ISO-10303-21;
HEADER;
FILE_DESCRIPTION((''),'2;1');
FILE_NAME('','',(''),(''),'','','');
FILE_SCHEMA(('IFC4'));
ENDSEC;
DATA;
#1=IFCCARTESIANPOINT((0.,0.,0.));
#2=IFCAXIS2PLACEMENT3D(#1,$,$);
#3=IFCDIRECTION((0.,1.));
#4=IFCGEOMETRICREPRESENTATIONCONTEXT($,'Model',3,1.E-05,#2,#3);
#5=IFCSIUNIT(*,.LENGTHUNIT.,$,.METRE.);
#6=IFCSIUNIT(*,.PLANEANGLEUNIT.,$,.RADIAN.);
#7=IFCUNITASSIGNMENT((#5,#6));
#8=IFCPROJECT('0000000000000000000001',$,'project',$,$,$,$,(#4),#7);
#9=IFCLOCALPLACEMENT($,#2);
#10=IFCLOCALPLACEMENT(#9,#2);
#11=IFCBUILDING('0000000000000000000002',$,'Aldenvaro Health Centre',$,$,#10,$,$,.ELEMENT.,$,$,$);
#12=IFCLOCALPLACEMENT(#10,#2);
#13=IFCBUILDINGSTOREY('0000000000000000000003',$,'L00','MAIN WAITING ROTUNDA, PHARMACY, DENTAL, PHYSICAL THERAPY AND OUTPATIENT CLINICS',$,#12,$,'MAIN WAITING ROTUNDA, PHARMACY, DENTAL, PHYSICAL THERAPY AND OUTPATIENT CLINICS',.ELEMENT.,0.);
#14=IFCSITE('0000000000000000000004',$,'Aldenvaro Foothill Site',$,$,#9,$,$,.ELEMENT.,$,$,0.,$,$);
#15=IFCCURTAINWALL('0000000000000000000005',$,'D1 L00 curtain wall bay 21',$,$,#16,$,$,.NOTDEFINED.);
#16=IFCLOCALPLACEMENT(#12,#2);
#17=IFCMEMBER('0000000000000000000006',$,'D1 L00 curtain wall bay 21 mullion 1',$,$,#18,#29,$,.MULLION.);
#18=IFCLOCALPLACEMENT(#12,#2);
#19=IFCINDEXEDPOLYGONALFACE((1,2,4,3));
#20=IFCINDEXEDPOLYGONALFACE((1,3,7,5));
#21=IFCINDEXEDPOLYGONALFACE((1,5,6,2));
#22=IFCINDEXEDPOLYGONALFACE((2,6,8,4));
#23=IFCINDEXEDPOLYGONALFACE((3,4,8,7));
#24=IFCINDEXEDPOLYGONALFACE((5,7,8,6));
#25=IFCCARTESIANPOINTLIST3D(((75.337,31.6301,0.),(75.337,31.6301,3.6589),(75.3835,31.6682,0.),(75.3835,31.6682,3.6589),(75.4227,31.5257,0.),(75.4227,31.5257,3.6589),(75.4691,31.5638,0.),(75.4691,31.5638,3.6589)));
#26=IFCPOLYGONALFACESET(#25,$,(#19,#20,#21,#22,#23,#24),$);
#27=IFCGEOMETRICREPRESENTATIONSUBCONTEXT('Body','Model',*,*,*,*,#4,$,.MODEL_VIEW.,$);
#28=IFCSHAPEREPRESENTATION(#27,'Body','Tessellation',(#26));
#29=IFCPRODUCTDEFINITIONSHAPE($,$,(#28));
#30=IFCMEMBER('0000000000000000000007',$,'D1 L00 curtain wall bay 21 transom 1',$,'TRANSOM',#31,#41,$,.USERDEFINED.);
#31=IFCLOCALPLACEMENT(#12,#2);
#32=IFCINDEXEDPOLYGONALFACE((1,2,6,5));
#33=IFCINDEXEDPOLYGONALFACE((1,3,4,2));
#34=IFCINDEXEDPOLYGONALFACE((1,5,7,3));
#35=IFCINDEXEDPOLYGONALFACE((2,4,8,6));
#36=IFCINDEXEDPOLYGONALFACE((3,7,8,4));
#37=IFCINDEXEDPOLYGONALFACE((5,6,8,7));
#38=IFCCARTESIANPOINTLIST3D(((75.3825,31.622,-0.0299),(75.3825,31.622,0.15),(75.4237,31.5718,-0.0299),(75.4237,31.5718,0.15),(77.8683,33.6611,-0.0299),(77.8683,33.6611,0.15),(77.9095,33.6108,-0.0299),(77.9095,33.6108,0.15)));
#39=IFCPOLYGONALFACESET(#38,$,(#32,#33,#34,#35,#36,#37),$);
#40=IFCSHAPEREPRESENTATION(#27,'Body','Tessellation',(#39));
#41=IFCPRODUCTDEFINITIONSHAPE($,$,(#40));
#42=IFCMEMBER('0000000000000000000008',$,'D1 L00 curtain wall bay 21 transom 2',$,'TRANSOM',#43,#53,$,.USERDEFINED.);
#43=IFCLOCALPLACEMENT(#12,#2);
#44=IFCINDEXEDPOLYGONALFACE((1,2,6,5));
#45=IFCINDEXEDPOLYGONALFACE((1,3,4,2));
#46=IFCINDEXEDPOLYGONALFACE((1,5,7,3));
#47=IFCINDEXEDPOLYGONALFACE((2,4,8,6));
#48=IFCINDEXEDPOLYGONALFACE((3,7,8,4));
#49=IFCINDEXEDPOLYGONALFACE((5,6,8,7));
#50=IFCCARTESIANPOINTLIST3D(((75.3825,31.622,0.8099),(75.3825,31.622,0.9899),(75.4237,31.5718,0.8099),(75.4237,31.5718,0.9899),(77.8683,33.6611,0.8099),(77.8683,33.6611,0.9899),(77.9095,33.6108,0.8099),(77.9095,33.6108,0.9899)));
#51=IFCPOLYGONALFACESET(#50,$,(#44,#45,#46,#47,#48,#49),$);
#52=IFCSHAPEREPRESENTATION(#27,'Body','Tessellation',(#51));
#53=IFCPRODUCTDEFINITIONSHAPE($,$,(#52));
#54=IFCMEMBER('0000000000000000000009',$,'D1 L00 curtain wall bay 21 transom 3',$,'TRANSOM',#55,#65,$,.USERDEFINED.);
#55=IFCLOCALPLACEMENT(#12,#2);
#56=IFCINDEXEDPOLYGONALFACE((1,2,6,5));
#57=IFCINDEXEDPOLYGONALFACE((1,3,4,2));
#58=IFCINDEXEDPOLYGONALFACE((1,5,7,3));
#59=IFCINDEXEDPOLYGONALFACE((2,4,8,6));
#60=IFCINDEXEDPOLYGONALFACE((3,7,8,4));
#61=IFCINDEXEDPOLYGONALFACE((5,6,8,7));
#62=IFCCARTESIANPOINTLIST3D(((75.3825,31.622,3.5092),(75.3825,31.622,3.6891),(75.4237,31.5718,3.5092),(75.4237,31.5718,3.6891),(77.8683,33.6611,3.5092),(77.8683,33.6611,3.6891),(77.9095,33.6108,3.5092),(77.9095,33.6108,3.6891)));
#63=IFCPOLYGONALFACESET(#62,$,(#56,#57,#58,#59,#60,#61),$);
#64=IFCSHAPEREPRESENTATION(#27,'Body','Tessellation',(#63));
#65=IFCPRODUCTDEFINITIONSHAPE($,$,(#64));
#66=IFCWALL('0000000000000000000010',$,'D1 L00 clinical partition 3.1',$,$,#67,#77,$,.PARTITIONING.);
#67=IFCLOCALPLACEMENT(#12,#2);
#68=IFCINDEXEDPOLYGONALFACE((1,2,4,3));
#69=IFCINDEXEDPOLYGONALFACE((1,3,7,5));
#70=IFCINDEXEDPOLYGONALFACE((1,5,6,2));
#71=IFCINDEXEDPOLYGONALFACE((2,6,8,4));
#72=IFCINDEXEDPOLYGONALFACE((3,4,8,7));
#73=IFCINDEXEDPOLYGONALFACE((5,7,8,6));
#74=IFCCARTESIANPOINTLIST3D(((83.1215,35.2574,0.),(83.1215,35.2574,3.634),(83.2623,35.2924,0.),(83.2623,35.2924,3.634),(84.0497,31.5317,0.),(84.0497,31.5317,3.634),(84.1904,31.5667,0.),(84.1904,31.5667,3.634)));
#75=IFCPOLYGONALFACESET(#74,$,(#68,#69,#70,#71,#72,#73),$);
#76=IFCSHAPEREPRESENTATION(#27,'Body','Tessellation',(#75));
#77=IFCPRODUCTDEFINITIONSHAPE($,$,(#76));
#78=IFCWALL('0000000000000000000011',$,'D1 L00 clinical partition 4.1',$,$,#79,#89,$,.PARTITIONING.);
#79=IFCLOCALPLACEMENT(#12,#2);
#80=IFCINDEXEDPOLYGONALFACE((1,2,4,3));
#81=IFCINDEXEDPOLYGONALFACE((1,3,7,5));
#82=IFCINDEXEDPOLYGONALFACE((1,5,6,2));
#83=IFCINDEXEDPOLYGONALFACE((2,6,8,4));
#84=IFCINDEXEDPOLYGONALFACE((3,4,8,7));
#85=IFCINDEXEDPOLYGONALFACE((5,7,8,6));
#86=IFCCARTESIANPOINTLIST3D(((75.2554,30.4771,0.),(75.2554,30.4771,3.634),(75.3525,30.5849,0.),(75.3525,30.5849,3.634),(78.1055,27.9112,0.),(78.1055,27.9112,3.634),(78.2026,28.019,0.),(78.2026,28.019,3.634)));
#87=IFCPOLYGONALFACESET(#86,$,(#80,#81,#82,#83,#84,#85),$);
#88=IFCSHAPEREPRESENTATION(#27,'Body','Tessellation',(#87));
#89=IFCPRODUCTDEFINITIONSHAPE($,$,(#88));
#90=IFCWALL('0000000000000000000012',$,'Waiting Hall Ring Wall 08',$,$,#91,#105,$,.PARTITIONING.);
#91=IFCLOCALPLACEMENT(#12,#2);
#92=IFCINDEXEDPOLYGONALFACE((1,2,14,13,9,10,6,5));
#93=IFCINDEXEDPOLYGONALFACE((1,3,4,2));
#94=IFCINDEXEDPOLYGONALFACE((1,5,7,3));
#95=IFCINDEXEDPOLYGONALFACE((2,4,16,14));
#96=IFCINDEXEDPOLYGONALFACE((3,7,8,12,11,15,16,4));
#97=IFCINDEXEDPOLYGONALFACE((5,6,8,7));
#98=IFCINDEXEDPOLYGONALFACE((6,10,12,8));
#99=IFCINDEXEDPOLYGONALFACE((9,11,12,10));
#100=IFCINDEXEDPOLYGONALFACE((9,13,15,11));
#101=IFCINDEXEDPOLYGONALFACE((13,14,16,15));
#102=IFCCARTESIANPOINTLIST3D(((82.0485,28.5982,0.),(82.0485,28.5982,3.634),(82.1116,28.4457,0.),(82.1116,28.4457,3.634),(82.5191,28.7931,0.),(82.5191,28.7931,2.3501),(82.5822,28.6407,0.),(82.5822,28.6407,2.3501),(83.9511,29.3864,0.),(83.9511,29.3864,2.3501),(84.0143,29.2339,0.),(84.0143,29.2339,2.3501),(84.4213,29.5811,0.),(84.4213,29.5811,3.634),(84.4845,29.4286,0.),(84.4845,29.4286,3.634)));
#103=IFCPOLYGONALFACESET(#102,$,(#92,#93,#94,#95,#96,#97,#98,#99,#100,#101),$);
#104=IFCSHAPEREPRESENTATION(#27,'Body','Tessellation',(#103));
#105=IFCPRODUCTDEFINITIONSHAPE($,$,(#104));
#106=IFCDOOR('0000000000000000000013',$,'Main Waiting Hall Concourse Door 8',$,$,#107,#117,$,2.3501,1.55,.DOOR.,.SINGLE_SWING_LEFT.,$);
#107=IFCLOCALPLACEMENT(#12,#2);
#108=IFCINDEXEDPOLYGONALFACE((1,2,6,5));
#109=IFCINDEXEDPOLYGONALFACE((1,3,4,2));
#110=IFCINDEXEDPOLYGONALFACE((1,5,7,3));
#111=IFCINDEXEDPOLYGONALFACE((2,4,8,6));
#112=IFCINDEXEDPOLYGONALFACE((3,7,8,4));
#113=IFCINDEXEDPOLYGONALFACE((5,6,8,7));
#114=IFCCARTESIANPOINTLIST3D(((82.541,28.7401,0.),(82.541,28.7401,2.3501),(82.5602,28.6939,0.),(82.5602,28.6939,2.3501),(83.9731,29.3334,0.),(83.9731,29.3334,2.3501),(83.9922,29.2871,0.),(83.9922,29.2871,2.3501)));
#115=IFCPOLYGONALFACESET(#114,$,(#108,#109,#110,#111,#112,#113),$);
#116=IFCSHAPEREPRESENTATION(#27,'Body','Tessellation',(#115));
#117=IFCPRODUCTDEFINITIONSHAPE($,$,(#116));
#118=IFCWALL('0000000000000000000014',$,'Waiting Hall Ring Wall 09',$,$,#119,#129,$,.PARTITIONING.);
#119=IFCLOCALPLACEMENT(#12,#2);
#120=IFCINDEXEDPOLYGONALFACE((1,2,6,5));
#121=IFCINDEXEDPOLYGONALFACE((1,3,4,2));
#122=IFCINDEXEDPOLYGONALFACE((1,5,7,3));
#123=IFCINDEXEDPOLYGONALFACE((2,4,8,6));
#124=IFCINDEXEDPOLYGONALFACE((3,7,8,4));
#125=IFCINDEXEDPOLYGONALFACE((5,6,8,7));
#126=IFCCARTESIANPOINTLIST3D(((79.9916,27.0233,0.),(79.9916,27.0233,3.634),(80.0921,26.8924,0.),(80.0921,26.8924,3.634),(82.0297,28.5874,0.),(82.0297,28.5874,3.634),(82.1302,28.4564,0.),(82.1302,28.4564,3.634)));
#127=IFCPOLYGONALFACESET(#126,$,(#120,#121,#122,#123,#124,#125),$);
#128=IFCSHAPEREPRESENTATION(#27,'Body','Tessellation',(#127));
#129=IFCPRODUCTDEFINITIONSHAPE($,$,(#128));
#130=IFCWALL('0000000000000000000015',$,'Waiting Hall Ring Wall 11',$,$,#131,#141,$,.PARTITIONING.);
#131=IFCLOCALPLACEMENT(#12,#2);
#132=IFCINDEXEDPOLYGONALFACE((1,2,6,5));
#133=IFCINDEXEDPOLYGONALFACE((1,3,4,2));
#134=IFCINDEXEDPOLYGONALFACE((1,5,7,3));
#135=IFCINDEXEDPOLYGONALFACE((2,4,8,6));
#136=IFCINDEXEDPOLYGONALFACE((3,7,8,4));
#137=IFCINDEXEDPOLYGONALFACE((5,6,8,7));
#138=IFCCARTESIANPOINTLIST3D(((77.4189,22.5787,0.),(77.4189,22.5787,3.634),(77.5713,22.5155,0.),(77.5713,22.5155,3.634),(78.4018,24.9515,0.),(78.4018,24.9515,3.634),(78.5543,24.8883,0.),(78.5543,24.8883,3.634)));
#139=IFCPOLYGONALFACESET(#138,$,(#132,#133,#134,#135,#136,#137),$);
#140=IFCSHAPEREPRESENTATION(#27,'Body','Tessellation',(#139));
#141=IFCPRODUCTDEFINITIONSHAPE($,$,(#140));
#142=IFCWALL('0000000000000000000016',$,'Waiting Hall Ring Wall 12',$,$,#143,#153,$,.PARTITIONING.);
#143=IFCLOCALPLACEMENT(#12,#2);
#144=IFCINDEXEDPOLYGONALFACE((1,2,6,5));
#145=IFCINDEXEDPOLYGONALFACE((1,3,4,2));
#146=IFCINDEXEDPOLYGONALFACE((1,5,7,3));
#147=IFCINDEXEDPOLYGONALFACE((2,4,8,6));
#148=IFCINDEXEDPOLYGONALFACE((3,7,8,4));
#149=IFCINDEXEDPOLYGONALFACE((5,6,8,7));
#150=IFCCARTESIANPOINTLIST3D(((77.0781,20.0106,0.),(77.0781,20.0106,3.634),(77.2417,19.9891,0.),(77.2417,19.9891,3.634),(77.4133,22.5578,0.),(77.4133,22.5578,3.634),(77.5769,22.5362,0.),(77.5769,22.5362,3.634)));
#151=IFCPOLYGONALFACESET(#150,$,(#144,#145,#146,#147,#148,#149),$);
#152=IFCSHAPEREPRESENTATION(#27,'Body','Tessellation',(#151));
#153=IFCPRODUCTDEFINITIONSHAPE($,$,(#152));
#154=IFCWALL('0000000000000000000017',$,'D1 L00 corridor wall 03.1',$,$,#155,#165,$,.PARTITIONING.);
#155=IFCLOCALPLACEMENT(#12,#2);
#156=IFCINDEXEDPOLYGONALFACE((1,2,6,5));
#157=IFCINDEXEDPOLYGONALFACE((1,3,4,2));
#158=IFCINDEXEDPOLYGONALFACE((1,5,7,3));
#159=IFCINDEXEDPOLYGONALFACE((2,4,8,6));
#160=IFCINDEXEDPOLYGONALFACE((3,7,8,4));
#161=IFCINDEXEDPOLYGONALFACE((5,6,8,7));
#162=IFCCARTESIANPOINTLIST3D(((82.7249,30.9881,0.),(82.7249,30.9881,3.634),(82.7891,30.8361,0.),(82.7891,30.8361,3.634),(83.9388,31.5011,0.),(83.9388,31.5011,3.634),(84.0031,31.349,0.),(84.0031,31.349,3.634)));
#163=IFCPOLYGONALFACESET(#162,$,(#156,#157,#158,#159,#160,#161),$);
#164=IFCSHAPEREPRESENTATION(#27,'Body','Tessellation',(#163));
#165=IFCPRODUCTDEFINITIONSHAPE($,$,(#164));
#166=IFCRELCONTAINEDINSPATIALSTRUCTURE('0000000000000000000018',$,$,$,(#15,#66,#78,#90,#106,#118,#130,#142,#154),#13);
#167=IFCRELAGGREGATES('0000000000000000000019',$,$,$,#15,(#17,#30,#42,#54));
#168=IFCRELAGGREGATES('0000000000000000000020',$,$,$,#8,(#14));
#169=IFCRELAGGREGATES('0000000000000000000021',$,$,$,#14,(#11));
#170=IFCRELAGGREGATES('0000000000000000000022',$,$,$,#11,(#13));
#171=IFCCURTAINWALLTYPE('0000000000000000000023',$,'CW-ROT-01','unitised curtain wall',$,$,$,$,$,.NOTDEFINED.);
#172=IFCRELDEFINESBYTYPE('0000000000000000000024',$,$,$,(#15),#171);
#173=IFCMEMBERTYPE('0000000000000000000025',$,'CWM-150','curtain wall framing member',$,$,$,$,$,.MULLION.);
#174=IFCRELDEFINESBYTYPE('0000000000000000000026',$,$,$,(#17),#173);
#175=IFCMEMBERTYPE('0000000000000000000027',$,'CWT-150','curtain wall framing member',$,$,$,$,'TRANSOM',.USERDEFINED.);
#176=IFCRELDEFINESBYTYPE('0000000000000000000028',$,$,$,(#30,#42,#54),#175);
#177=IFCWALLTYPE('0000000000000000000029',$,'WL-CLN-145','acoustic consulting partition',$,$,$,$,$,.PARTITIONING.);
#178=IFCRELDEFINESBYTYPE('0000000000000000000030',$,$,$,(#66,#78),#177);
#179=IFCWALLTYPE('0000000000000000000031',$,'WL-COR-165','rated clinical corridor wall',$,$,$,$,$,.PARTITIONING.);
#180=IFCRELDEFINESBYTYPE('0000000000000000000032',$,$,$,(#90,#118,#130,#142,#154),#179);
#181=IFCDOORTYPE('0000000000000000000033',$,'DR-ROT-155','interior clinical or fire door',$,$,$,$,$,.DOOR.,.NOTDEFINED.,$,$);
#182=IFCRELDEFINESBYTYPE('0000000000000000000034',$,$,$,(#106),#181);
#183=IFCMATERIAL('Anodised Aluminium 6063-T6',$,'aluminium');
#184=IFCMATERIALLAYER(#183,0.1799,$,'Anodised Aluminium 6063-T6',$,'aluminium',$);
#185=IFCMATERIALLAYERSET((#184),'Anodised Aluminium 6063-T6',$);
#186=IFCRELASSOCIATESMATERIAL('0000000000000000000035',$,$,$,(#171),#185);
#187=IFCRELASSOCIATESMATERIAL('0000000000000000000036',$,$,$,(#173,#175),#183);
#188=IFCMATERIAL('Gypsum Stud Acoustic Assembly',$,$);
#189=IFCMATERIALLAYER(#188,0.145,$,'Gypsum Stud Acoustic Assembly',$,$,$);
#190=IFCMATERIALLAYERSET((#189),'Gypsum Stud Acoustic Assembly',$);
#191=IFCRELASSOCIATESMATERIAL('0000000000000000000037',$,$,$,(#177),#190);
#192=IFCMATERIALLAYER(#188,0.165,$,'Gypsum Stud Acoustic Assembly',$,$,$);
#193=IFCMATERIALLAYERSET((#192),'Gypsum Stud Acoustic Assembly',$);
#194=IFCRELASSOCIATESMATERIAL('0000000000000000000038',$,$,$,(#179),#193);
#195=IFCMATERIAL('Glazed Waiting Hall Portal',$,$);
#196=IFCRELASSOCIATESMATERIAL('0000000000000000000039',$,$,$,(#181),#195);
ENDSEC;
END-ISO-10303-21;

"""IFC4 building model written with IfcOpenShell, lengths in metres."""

from ifc_helpers import new_model, si_unit, direction, frame, frame_2d, origin, origin_2d, place, context, subcontext, project, spatial, rectangle, extrude, material, layer, layer_set, material_profile, profile_set, type_object, element, fill, aggregate, save


model = new_model("IFC4")

# Units and contexts
model_context = context("Model", 3, precision=1e-05, world=origin(), true_north=direction((0.0, 1.0)))
body_context = subcontext(model_context, "Body", "Model", "MODEL_VIEW")
ifc_project = project(units=[si_unit("LENGTHUNIT", "METRE"), si_unit("PLANEANGLEUNIT", "RADIAN")], contexts=[model_context])

# Site, building, storey
site_placement = place(None, origin())
site = spatial("IfcSite", under=ifc_project, at=site_placement, Name="Aldenvaro Foothill Site", CompositionType="ELEMENT", RefElevation=0.0)
building_placement = place(site_placement, origin())
building = spatial("IfcBuilding", under=site, at=building_placement, Name="Aldenvaro Health Centre", CompositionType="ELEMENT")
storey_placement = place(building_placement, origin())
storey = spatial("IfcBuildingStorey", under=building, at=storey_placement, Name="L00", Description="MAIN WAITING ROTUNDA, PHARMACY, DENTAL, PHYSICAL THERAPY AND OUTPATIENT CLINICS", LongName="MAIN WAITING ROTUNDA, PHARMACY, DENTAL, PHYSICAL THERAPY AND OUTPATIENT CLINICS", CompositionType="ELEMENT", Elevation=0.0)

# Curtain wall, members
ifc_material_1 = material(Name="Anodised Aluminium 6063-T6", Category="aluminium")
ifc_layer_1 = layer(ifc_material_1, 0.1799, Name="Anodised Aluminium 6063-T6", Category="aluminium")
ifc_layer_set_1 = layer_set([ifc_layer_1], Name="Anodised Aluminium 6063-T6")
curtain_wall_type = type_object("IfcCurtainWallType", Name="CW-ROT-01", Description="unitised curtain wall", PredefinedType="NOTDEFINED", material=ifc_layer_set_1)
curtain_wall_placement = place(storey_placement, origin())
curtain_wall = element("IfcCurtainWall", 1, at=curtain_wall_placement, inside=storey, type_object=curtain_wall_type, Name="D1 L00 curtain wall bay 21", PredefinedType="NOTDEFINED")
ifc_material_profile_1 = material_profile(ifc_material_1, rectangle(XDim=0.0601, YDim=0.135, at=origin_2d()), Name="ALU 60x135", Category="aluminium")
ifc_profile_set_1 = profile_set([ifc_material_profile_1], Name="Anodised Aluminium 6063-T6")
member_type_1 = type_object("IfcMemberType", Name="CWM-150", Description="curtain wall framing member", PredefinedType="MULLION", material=ifc_profile_set_1)
member_1_placement = place(storey_placement, frame((75.4031, 31.5969, 0.0), z_axis=(0.0, 0.0, 1.0), x_axis=(0.773195, 0.634169, 0.0)))
member_1 = element("IfcMember", 2, at=member_1_placement, type_object=member_type_1, Name="D1 L00 curtain wall bay 21 mullion 1", PredefinedType="MULLION", context=body_context, shape_type="SweptSolid", body=[
    extrude(rectangle(XDim=0.0601, YDim=0.135, at=origin_2d()), origin(), (0.0, 0.0, 1.0), 3.6589),
])
ifc_material_profile_2 = material_profile(ifc_material_1, rectangle(XDim=0.0649, YDim=0.1799, at=origin_2d()), Name="ALU 65x180", Category="aluminium")
ifc_profile_set_2 = profile_set([ifc_material_profile_2], Name="Anodised Aluminium 6063-T6")
member_type_2 = type_object("IfcMemberType", Name="CWT-150", Description="curtain wall framing member", ElementType="TRANSOM", PredefinedType="USERDEFINED", material=ifc_profile_set_2)
member_2_placement = place(storey_placement, frame((75.4031, 31.5969, 0.0601), z_axis=(0.773165, 0.634205, 0.0), x_axis=(-0.634205, 0.773165, 0.0)))
member_2 = element("IfcMember", 3, at=member_2_placement, type_object=member_type_2, Name="D1 L00 curtain wall bay 21 transom 1", ObjectType="TRANSOM", PredefinedType="USERDEFINED", context=body_context, shape_type="SweptSolid", body=[
    extrude(rectangle(XDim=0.0649, YDim=0.1799, at=origin_2d()), origin(), (0.0, 0.0, 1.0), 3.2151),
])
member_3_placement = place(storey_placement, frame((75.4031, 31.5969, 0.8999), z_axis=(0.773165, 0.634205, 0.0), x_axis=(-0.634205, 0.773165, 0.0)))
member_3 = element("IfcMember", 4, at=member_3_placement, type_object=member_type_2, Name="D1 L00 curtain wall bay 21 transom 2", ObjectType="TRANSOM", PredefinedType="USERDEFINED", context=body_context, shape_type="SweptSolid", body=[
    extrude(rectangle(XDim=0.0649, YDim=0.1799, at=origin_2d()), origin(), (0.0, 0.0, 1.0), 3.2151),
])
member_4_placement = place(storey_placement, frame((75.4031, 31.5969, 3.5991), z_axis=(0.773165, 0.634205, 0.0), x_axis=(-0.634205, 0.773165, 0.0)))
member_4 = element("IfcMember", 5, at=member_4_placement, type_object=member_type_2, Name="D1 L00 curtain wall bay 21 transom 3", ObjectType="TRANSOM", PredefinedType="USERDEFINED", context=body_context, shape_type="SweptSolid", body=[
    extrude(rectangle(XDim=0.0649, YDim=0.1799, at=origin_2d()), origin(), (0.0, 0.0, 1.0), 3.2151),
])
aggregate(curtain_wall, [member_1, member_2, member_3, member_4])

# Walls
ifc_material_2 = material(Name="Gypsum Stud Acoustic Assembly")
ifc_layer_2 = layer(ifc_material_2, 0.145, Name="Gypsum Stud Acoustic Assembly")
ifc_layer_set_2 = layer_set([ifc_layer_2], Name="Gypsum Stud Acoustic Assembly")
wall_type_1 = type_object("IfcWallType", Name="WL-CLN-145", Description="acoustic consulting partition", PredefinedType="PARTITIONING", material=ifc_layer_set_2)
wall_1_placement = place(storey_placement, frame((84.1201, 31.5491, 0.0), z_axis=(0.0, 0.0, 1.0), x_axis=(-0.241743, 0.97034, 0.0)))
element("IfcWall", 6, at=wall_1_placement, inside=storey, type_object=wall_type_1, Name="D1 L00 clinical partition 3.1", PredefinedType="PARTITIONING", context=body_context, shape_type="SweptSolid", body=[
    extrude(rectangle(XDim=3.8396, YDim=0.145, at=frame_2d((1.9199, 0.0))), origin(), (0.0, 0.0, 1.0), 3.634),
])
wall_2_placement = place(storey_placement, frame((78.1541, 27.9651, 0.0), z_axis=(0.0, 0.0, 1.0), x_axis=(-0.743187, 0.669084, 0.0)))
element("IfcWall", 7, at=wall_2_placement, inside=storey, type_object=wall_type_1, Name="D1 L00 clinical partition 4.1", PredefinedType="PARTITIONING", context=body_context, shape_type="SweptSolid", body=[
    extrude(rectangle(XDim=3.835, YDim=0.145, at=frame_2d((1.9175, 0.0))), origin(), (0.0, 0.0, 1.0), 3.634),
])

# Wall, opening, door
ifc_layer_3 = layer(ifc_material_2, 0.165, Name="Gypsum Stud Acoustic Assembly")
ifc_layer_set_3 = layer_set([ifc_layer_3], Name="Gypsum Stud Acoustic Assembly")
wall_type_2 = type_object("IfcWallType", Name="WL-COR-165", Description="rated clinical corridor wall", PredefinedType="PARTITIONING", material=ifc_layer_set_3)
wall_3_placement = place(storey_placement, frame((84.4529, 29.5049, 0.0), z_axis=(0.0, 0.0, 1.0), x_axis=(-0.923871, -0.382704, 0.0)))
wall_3 = element("IfcWall", 8, at=wall_3_placement, inside=storey, type_object=wall_type_2, Name="Waiting Hall Ring Wall 08", PredefinedType="PARTITIONING", context=body_context, shape_type="SweptSolid", body=[
    extrude(rectangle(XDim=2.5684, YDim=0.165, at=frame_2d((1.2842, 0.0))), origin(), (0.0, 0.0, 1.0), 3.634),
])
opening_1_placement = place(wall_3_placement, frame((0.509, 0.0, 0.0)))
opening_1 = element("IfcOpeningElement", 9, at=opening_1_placement, cuts=wall_3, PredefinedType="OPENING", context=body_context, shape_type="SweptSolid", body=[
    extrude(rectangle(XDim=1.55, YDim=2.3501, at=frame_2d((0.7749, 1.175))), frame((0.0, 0.0925, 0.0), z_axis=(0.0, -1.0, 0.0), x_axis=(1.0, 0.0, 0.0)), (0.0, 0.0, 1.0), 0.1851),
])
ifc_material_3 = material(Name="Glazed Waiting Hall Portal")
door_type_1 = type_object("IfcDoorType", Name="DR-ROT-155", Description="interior clinical or fire door", OperationType="NOTDEFINED", PredefinedType="DOOR", material=ifc_material_3)
door_1_placement = place(opening_1_placement, origin())
door_1 = element("IfcDoor", 10, at=door_1_placement, inside=storey, type_object=door_type_1, Name="Main Waiting Hall Concourse Door 8", OperationType="SINGLE_SWING_LEFT", OverallHeight=2.3501, OverallWidth=1.55, PredefinedType="DOOR", context=body_context, shape_type="SweptSolid", body=[
    extrude(rectangle(XDim=1.55, YDim=2.3501, at=frame_2d((0.7749, 1.175))), frame((0.0, 0.0249, 0.0), z_axis=(0.0, -1.0, 0.0), x_axis=(1.0, 0.0, 0.0)), (0.0, 0.0, 1.0), 0.05),
])
fill(opening_1, door_1)

# Walls
wall_4_placement = place(storey_placement, frame((82.0801, 28.522, 0.0), z_axis=(0.0, 0.0, 1.0), x_axis=(-0.793337, -0.608783, 0.0)))
element("IfcWall", 11, at=wall_4_placement, inside=storey, type_object=wall_type_2, Name="Waiting Hall Ring Wall 09", PredefinedType="PARTITIONING", context=body_context, shape_type="SweptSolid", body=[
    extrude(rectangle(XDim=2.5691, YDim=0.165, at=frame_2d((1.2847, 0.0))), origin(), (0.0, 0.0, 1.0), 3.634),
])
wall_5_placement = place(storey_placement, frame((78.478, 24.9199, 0.0), z_axis=(0.0, 0.0, 1.0), x_axis=(-0.382704, -0.923871, 0.0)))
element("IfcWall", 12, at=wall_5_placement, inside=storey, type_object=wall_type_2, Name="Waiting Hall Ring Wall 11", PredefinedType="PARTITIONING", context=body_context, shape_type="SweptSolid", body=[
    extrude(rectangle(XDim=2.5684, YDim=0.165, at=frame_2d((1.2842, 0.0))), origin(), (0.0, 0.0, 1.0), 3.634),
])
wall_6_placement = place(storey_placement, frame((77.4951, 22.5471, 0.0), z_axis=(0.0, 0.0, 1.0), x_axis=(-0.130477, -0.991451, 0.0)))
element("IfcWall", 13, at=wall_6_placement, inside=storey, type_object=wall_type_2, Name="Waiting Hall Ring Wall 12", PredefinedType="PARTITIONING", context=body_context, shape_type="SweptSolid", body=[
    extrude(rectangle(XDim=2.5691, YDim=0.165, at=frame_2d((1.2847, 0.0))), origin(), (0.0, 0.0, 1.0), 3.634),
])
wall_7_placement = place(storey_placement, frame((83.9709, 31.425, 0.0), z_axis=(0.0, 0.0, 1.0), x_axis=(-0.921136, -0.389241, 0.0)))
element("IfcWall", 14, at=wall_7_placement, inside=storey, type_object=wall_type_2, Name="D1 L00 corridor wall 03.1", PredefinedType="PARTITIONING", context=body_context, shape_type="SweptSolid", body=[
    extrude(rectangle(XDim=1.3179, YDim=0.165, at=frame_2d((0.6589, 0.0))), origin(), (0.0, 0.0, 1.0), 3.634),
])

save(model, "model.ifc")
